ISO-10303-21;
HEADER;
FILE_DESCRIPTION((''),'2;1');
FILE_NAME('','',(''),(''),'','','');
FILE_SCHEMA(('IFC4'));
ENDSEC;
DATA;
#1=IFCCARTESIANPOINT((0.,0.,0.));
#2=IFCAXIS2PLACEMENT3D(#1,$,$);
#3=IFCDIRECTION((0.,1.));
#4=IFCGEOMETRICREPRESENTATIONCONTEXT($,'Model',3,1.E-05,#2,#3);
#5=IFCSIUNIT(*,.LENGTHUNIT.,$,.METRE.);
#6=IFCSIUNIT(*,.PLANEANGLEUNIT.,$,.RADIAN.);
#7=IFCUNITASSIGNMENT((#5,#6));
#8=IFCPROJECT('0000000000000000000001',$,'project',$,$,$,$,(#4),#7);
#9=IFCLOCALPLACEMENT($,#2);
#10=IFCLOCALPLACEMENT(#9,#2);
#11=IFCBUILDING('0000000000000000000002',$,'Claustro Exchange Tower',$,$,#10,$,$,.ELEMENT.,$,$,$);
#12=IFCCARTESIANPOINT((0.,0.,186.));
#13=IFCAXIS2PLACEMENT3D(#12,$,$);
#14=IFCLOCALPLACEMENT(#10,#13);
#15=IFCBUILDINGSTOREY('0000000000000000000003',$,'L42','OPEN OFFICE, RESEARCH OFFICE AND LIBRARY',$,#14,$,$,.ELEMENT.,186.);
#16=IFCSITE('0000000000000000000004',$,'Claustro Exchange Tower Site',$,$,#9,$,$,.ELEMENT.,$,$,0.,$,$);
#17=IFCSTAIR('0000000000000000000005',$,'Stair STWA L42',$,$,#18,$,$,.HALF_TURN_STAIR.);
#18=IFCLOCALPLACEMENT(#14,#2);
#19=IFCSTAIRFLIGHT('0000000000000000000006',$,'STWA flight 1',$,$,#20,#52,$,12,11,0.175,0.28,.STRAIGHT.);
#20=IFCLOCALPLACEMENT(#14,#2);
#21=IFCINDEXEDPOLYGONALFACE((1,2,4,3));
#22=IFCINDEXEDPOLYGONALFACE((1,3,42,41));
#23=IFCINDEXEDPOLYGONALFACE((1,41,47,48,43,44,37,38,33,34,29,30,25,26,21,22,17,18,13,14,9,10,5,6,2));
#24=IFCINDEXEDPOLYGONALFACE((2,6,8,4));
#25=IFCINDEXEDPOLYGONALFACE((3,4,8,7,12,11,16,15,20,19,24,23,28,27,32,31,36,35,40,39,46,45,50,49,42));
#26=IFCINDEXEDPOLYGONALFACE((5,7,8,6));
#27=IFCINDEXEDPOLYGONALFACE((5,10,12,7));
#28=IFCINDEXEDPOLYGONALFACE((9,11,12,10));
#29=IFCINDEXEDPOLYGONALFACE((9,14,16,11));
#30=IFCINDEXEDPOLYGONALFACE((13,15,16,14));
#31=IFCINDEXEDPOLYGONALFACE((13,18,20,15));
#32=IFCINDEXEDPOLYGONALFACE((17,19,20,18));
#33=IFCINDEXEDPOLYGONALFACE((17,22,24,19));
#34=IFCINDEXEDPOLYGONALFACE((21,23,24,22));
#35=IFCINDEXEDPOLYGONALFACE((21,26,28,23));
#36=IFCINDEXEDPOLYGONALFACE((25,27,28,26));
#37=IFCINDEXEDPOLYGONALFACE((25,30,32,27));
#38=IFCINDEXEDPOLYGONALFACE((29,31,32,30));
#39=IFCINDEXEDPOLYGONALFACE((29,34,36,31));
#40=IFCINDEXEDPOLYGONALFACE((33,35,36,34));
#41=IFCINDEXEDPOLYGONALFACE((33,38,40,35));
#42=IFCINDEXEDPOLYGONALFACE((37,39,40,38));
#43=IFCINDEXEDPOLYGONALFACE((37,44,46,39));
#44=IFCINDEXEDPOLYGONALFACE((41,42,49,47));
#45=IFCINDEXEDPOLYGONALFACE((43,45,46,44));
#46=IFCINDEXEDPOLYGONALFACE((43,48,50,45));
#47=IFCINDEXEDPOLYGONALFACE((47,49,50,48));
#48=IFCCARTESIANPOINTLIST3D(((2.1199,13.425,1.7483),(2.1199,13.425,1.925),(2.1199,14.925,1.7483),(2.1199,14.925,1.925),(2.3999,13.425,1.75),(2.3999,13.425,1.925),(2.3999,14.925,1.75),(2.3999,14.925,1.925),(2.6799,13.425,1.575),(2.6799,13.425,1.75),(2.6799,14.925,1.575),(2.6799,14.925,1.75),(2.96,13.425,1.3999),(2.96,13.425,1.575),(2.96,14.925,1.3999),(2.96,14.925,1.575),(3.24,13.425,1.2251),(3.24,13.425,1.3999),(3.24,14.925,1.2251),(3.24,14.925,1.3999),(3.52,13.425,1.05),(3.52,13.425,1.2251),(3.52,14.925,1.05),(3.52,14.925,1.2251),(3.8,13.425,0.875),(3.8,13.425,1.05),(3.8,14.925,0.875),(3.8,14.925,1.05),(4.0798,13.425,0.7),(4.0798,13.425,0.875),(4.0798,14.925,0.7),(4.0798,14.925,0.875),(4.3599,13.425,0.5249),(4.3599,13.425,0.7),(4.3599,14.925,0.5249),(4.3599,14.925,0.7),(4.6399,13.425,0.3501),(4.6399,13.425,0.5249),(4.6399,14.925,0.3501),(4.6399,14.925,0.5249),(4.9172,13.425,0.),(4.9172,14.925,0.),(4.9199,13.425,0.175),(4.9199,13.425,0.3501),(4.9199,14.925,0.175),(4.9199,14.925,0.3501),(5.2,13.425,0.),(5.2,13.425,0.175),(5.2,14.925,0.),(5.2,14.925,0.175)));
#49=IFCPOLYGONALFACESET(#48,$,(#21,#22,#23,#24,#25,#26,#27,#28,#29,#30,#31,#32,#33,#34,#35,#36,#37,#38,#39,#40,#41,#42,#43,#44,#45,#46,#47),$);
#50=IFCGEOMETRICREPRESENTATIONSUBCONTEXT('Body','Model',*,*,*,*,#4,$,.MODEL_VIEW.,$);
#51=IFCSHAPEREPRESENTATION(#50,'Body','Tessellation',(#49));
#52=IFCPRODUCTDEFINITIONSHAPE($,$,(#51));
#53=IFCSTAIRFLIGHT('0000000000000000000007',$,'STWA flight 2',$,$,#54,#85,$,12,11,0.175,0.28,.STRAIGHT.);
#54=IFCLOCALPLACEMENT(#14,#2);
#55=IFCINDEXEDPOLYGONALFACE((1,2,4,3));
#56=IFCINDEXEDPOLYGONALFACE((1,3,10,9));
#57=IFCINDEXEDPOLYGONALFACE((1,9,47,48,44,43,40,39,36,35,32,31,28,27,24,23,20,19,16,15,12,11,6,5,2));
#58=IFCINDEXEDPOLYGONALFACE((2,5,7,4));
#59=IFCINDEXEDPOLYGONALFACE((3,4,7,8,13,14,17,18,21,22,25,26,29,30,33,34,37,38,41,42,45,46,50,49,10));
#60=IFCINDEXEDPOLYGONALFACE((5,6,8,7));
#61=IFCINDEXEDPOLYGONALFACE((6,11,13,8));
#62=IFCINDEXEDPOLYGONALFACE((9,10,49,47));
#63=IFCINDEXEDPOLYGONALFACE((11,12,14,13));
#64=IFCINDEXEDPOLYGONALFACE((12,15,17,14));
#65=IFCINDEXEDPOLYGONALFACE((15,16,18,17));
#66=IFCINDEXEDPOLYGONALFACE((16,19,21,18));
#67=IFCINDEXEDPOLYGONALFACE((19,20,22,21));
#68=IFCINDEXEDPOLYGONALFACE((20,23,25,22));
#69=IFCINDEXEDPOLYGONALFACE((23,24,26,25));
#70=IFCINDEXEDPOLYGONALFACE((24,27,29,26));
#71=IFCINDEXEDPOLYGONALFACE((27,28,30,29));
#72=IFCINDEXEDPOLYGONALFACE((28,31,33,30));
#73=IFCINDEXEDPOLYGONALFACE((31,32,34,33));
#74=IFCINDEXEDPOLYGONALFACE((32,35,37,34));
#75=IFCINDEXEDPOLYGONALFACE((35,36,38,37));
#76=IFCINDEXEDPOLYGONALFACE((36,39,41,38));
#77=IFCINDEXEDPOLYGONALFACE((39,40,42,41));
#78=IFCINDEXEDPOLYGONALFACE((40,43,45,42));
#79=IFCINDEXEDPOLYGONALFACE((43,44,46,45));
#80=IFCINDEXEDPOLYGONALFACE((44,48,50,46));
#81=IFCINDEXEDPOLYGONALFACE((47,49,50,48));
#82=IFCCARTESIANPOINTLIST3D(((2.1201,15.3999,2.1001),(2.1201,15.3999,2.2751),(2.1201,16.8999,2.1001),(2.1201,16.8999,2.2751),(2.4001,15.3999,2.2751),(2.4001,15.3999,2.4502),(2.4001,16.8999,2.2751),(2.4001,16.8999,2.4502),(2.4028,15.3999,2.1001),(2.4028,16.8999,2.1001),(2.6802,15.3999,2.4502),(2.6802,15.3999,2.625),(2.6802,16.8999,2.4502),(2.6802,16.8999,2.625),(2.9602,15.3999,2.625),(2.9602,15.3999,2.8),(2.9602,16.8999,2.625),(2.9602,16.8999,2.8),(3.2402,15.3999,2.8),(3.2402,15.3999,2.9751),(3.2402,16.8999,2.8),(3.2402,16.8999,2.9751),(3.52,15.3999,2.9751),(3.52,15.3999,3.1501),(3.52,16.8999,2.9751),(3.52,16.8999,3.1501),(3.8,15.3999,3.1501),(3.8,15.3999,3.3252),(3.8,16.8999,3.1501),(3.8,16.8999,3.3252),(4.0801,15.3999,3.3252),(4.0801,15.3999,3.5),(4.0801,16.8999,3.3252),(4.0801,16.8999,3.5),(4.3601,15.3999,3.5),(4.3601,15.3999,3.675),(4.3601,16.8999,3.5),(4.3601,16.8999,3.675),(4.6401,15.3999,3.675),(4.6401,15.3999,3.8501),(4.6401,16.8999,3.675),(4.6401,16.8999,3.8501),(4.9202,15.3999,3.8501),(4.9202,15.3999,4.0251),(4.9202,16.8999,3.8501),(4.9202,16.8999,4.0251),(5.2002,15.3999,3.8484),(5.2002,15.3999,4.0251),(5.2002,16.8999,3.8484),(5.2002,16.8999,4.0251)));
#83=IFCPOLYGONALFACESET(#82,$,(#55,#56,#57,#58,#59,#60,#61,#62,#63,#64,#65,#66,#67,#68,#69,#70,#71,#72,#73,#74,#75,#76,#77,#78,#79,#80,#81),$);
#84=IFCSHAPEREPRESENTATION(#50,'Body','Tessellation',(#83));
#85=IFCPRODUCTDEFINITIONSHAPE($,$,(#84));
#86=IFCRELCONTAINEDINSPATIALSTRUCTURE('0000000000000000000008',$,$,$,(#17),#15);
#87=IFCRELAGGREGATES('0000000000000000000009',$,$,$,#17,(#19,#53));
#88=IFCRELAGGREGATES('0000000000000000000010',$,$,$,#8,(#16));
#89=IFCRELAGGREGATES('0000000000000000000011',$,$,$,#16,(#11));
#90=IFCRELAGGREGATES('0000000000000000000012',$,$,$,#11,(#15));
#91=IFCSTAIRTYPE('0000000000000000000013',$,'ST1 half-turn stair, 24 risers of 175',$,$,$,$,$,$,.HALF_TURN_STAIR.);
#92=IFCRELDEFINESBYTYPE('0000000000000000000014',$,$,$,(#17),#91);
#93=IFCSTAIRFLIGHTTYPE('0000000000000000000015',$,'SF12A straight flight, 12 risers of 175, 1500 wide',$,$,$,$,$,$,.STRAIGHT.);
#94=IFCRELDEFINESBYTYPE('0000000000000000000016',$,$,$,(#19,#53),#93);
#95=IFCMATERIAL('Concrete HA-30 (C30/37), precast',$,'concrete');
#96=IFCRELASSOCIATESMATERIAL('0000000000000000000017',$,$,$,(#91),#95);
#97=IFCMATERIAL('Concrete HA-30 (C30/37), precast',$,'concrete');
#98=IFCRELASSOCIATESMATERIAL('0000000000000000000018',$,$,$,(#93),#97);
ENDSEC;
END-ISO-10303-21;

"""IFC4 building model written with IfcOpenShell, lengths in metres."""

from ifc_helpers import new_model, si_unit, direction, frame, origin, place, context, subcontext, project, spatial, polyline, outline, extrude, material, type_object, element, aggregate, save


model = new_model("IFC4")

# Units and contexts
model_context = context("Model", 3, precision=1e-05, world=origin(), true_north=direction((0.0, 1.0)))
body_context = subcontext(model_context, "Body", "Model", "MODEL_VIEW")
ifc_project = project(units=[si_unit("LENGTHUNIT", "METRE"), si_unit("PLANEANGLEUNIT", "RADIAN")], contexts=[model_context])

# Site, building, storey
site_placement = place(None, origin())
site = spatial("IfcSite", under=ifc_project, at=site_placement, Name="Claustro Exchange Tower Site", CompositionType="ELEMENT", RefElevation=0.0)
building_placement = place(site_placement, origin())
building = spatial("IfcBuilding", under=site, at=building_placement, Name="Claustro Exchange Tower", CompositionType="ELEMENT")
storey_placement = place(building_placement, frame((0.0, 0.0, 186.0)))
storey = spatial("IfcBuildingStorey", under=building, at=storey_placement, Name="L42", Description="OPEN OFFICE, RESEARCH OFFICE AND LIBRARY", CompositionType="ELEMENT", Elevation=186.0)

# Stair, stair flights
ifc_material_1 = material(Name="Concrete HA-30 (C30/37), precast", Category="concrete")
stair_type = type_object("IfcStairType", Name="ST1 half-turn stair, 24 risers of 175", PredefinedType="HALF_TURN_STAIR", material=ifc_material_1)
stair_placement = place(storey_placement, origin())
stair = element("IfcStair", 1, at=stair_placement, inside=storey, type_object=stair_type, Name="Stair STWA L42", PredefinedType="HALF_TURN_STAIR")
ifc_material_2 = material(Name="Concrete HA-30 (C30/37), precast", Category="concrete")
stair_flight_type = type_object("IfcStairFlightType", Name="SF12A straight flight, 12 risers of 175, 1500 wide", PredefinedType="STRAIGHT", material=ifc_material_2)
stair_flight_1_placement = place(storey_placement, frame((5.2, 14.175, 0.0), z_axis=(0.0, 0.0, 1.0), x_axis=(-1.0, 0.0, 0.0)))
stair_flight_1 = element("IfcStairFlight", 2, at=stair_flight_1_placement, type_object=stair_flight_type, Name="STWA flight 1", NumberOfRisers=12, NumberOfTreads=11, PredefinedType="STRAIGHT", RiserHeight=0.175, TreadLength=0.28, context=body_context, shape_type="SweptSolid", body=[
    extrude(outline(polyline([(0.0, 0.0), (0.0, 0.175), (0.28, 0.175), (0.28, 0.3501), (0.5601, 0.3501), (0.5601, 0.5249), (0.8401, 0.5249), (0.8401, 0.7), (1.1201, 0.7), (1.1201, 0.875), (1.3999, 0.875), (1.3999, 1.05), (1.6799, 1.05), (1.6799, 1.2251), (1.96, 1.2251), (1.96, 1.3999), (2.24, 1.3999), (2.24, 1.575), (2.52, 1.575), (2.52, 1.75), (2.8, 1.75), (2.8, 1.925), (3.0801, 1.925), (3.0801, 2.1001), (3.0801, 1.7483), (0.2827, 0.0), (0.0, 0.0)])), frame((0.0, 0.75, 0.0), z_axis=(0.0, -1.0, 0.0), x_axis=(1.0, 0.0, 0.0)), (0.0, 0.0, 1.0), 1.5),
])
stair_flight_2_placement = place(storey_placement, frame((2.1201, 16.1499, 2.1001), z_axis=(0.0, 0.0, 1.0), x_axis=(1.0, 0.0, 0.0)))
stair_flight_2 = element("IfcStairFlight", 3, at=stair_flight_2_placement, type_object=stair_flight_type, Name="STWA flight 2", NumberOfRisers=12, NumberOfTreads=11, PredefinedType="STRAIGHT", RiserHeight=0.175, TreadLength=0.28, context=body_context, shape_type="SweptSolid", body=[
    extrude(outline(polyline([(0.0, 0.0), (0.0, 0.175), (0.28, 0.175), (0.28, 0.3501), (0.5601, 0.3501), (0.5601, 0.5249), (0.8401, 0.5249), (0.8401, 0.7), (1.1201, 0.7), (1.1201, 0.875), (1.3999, 0.875), (1.3999, 1.05), (1.6799, 1.05), (1.6799, 1.2251), (1.96, 1.2251), (1.96, 1.3999), (2.24, 1.3999), (2.24, 1.575), (2.52, 1.575), (2.52, 1.75), (2.8, 1.75), (2.8, 1.925), (3.0801, 1.925), (3.0801, 2.1001), (3.0801, 1.7483), (0.2827, 0.0), (0.0, 0.0)])), frame((0.0, 0.75, 0.0), z_axis=(0.0, -1.0, 0.0), x_axis=(1.0, 0.0, 0.0)), (0.0, 0.0, 1.0), 1.5),
])
aggregate(stair, [stair_flight_1, stair_flight_2])

save(model, "model.ifc")
